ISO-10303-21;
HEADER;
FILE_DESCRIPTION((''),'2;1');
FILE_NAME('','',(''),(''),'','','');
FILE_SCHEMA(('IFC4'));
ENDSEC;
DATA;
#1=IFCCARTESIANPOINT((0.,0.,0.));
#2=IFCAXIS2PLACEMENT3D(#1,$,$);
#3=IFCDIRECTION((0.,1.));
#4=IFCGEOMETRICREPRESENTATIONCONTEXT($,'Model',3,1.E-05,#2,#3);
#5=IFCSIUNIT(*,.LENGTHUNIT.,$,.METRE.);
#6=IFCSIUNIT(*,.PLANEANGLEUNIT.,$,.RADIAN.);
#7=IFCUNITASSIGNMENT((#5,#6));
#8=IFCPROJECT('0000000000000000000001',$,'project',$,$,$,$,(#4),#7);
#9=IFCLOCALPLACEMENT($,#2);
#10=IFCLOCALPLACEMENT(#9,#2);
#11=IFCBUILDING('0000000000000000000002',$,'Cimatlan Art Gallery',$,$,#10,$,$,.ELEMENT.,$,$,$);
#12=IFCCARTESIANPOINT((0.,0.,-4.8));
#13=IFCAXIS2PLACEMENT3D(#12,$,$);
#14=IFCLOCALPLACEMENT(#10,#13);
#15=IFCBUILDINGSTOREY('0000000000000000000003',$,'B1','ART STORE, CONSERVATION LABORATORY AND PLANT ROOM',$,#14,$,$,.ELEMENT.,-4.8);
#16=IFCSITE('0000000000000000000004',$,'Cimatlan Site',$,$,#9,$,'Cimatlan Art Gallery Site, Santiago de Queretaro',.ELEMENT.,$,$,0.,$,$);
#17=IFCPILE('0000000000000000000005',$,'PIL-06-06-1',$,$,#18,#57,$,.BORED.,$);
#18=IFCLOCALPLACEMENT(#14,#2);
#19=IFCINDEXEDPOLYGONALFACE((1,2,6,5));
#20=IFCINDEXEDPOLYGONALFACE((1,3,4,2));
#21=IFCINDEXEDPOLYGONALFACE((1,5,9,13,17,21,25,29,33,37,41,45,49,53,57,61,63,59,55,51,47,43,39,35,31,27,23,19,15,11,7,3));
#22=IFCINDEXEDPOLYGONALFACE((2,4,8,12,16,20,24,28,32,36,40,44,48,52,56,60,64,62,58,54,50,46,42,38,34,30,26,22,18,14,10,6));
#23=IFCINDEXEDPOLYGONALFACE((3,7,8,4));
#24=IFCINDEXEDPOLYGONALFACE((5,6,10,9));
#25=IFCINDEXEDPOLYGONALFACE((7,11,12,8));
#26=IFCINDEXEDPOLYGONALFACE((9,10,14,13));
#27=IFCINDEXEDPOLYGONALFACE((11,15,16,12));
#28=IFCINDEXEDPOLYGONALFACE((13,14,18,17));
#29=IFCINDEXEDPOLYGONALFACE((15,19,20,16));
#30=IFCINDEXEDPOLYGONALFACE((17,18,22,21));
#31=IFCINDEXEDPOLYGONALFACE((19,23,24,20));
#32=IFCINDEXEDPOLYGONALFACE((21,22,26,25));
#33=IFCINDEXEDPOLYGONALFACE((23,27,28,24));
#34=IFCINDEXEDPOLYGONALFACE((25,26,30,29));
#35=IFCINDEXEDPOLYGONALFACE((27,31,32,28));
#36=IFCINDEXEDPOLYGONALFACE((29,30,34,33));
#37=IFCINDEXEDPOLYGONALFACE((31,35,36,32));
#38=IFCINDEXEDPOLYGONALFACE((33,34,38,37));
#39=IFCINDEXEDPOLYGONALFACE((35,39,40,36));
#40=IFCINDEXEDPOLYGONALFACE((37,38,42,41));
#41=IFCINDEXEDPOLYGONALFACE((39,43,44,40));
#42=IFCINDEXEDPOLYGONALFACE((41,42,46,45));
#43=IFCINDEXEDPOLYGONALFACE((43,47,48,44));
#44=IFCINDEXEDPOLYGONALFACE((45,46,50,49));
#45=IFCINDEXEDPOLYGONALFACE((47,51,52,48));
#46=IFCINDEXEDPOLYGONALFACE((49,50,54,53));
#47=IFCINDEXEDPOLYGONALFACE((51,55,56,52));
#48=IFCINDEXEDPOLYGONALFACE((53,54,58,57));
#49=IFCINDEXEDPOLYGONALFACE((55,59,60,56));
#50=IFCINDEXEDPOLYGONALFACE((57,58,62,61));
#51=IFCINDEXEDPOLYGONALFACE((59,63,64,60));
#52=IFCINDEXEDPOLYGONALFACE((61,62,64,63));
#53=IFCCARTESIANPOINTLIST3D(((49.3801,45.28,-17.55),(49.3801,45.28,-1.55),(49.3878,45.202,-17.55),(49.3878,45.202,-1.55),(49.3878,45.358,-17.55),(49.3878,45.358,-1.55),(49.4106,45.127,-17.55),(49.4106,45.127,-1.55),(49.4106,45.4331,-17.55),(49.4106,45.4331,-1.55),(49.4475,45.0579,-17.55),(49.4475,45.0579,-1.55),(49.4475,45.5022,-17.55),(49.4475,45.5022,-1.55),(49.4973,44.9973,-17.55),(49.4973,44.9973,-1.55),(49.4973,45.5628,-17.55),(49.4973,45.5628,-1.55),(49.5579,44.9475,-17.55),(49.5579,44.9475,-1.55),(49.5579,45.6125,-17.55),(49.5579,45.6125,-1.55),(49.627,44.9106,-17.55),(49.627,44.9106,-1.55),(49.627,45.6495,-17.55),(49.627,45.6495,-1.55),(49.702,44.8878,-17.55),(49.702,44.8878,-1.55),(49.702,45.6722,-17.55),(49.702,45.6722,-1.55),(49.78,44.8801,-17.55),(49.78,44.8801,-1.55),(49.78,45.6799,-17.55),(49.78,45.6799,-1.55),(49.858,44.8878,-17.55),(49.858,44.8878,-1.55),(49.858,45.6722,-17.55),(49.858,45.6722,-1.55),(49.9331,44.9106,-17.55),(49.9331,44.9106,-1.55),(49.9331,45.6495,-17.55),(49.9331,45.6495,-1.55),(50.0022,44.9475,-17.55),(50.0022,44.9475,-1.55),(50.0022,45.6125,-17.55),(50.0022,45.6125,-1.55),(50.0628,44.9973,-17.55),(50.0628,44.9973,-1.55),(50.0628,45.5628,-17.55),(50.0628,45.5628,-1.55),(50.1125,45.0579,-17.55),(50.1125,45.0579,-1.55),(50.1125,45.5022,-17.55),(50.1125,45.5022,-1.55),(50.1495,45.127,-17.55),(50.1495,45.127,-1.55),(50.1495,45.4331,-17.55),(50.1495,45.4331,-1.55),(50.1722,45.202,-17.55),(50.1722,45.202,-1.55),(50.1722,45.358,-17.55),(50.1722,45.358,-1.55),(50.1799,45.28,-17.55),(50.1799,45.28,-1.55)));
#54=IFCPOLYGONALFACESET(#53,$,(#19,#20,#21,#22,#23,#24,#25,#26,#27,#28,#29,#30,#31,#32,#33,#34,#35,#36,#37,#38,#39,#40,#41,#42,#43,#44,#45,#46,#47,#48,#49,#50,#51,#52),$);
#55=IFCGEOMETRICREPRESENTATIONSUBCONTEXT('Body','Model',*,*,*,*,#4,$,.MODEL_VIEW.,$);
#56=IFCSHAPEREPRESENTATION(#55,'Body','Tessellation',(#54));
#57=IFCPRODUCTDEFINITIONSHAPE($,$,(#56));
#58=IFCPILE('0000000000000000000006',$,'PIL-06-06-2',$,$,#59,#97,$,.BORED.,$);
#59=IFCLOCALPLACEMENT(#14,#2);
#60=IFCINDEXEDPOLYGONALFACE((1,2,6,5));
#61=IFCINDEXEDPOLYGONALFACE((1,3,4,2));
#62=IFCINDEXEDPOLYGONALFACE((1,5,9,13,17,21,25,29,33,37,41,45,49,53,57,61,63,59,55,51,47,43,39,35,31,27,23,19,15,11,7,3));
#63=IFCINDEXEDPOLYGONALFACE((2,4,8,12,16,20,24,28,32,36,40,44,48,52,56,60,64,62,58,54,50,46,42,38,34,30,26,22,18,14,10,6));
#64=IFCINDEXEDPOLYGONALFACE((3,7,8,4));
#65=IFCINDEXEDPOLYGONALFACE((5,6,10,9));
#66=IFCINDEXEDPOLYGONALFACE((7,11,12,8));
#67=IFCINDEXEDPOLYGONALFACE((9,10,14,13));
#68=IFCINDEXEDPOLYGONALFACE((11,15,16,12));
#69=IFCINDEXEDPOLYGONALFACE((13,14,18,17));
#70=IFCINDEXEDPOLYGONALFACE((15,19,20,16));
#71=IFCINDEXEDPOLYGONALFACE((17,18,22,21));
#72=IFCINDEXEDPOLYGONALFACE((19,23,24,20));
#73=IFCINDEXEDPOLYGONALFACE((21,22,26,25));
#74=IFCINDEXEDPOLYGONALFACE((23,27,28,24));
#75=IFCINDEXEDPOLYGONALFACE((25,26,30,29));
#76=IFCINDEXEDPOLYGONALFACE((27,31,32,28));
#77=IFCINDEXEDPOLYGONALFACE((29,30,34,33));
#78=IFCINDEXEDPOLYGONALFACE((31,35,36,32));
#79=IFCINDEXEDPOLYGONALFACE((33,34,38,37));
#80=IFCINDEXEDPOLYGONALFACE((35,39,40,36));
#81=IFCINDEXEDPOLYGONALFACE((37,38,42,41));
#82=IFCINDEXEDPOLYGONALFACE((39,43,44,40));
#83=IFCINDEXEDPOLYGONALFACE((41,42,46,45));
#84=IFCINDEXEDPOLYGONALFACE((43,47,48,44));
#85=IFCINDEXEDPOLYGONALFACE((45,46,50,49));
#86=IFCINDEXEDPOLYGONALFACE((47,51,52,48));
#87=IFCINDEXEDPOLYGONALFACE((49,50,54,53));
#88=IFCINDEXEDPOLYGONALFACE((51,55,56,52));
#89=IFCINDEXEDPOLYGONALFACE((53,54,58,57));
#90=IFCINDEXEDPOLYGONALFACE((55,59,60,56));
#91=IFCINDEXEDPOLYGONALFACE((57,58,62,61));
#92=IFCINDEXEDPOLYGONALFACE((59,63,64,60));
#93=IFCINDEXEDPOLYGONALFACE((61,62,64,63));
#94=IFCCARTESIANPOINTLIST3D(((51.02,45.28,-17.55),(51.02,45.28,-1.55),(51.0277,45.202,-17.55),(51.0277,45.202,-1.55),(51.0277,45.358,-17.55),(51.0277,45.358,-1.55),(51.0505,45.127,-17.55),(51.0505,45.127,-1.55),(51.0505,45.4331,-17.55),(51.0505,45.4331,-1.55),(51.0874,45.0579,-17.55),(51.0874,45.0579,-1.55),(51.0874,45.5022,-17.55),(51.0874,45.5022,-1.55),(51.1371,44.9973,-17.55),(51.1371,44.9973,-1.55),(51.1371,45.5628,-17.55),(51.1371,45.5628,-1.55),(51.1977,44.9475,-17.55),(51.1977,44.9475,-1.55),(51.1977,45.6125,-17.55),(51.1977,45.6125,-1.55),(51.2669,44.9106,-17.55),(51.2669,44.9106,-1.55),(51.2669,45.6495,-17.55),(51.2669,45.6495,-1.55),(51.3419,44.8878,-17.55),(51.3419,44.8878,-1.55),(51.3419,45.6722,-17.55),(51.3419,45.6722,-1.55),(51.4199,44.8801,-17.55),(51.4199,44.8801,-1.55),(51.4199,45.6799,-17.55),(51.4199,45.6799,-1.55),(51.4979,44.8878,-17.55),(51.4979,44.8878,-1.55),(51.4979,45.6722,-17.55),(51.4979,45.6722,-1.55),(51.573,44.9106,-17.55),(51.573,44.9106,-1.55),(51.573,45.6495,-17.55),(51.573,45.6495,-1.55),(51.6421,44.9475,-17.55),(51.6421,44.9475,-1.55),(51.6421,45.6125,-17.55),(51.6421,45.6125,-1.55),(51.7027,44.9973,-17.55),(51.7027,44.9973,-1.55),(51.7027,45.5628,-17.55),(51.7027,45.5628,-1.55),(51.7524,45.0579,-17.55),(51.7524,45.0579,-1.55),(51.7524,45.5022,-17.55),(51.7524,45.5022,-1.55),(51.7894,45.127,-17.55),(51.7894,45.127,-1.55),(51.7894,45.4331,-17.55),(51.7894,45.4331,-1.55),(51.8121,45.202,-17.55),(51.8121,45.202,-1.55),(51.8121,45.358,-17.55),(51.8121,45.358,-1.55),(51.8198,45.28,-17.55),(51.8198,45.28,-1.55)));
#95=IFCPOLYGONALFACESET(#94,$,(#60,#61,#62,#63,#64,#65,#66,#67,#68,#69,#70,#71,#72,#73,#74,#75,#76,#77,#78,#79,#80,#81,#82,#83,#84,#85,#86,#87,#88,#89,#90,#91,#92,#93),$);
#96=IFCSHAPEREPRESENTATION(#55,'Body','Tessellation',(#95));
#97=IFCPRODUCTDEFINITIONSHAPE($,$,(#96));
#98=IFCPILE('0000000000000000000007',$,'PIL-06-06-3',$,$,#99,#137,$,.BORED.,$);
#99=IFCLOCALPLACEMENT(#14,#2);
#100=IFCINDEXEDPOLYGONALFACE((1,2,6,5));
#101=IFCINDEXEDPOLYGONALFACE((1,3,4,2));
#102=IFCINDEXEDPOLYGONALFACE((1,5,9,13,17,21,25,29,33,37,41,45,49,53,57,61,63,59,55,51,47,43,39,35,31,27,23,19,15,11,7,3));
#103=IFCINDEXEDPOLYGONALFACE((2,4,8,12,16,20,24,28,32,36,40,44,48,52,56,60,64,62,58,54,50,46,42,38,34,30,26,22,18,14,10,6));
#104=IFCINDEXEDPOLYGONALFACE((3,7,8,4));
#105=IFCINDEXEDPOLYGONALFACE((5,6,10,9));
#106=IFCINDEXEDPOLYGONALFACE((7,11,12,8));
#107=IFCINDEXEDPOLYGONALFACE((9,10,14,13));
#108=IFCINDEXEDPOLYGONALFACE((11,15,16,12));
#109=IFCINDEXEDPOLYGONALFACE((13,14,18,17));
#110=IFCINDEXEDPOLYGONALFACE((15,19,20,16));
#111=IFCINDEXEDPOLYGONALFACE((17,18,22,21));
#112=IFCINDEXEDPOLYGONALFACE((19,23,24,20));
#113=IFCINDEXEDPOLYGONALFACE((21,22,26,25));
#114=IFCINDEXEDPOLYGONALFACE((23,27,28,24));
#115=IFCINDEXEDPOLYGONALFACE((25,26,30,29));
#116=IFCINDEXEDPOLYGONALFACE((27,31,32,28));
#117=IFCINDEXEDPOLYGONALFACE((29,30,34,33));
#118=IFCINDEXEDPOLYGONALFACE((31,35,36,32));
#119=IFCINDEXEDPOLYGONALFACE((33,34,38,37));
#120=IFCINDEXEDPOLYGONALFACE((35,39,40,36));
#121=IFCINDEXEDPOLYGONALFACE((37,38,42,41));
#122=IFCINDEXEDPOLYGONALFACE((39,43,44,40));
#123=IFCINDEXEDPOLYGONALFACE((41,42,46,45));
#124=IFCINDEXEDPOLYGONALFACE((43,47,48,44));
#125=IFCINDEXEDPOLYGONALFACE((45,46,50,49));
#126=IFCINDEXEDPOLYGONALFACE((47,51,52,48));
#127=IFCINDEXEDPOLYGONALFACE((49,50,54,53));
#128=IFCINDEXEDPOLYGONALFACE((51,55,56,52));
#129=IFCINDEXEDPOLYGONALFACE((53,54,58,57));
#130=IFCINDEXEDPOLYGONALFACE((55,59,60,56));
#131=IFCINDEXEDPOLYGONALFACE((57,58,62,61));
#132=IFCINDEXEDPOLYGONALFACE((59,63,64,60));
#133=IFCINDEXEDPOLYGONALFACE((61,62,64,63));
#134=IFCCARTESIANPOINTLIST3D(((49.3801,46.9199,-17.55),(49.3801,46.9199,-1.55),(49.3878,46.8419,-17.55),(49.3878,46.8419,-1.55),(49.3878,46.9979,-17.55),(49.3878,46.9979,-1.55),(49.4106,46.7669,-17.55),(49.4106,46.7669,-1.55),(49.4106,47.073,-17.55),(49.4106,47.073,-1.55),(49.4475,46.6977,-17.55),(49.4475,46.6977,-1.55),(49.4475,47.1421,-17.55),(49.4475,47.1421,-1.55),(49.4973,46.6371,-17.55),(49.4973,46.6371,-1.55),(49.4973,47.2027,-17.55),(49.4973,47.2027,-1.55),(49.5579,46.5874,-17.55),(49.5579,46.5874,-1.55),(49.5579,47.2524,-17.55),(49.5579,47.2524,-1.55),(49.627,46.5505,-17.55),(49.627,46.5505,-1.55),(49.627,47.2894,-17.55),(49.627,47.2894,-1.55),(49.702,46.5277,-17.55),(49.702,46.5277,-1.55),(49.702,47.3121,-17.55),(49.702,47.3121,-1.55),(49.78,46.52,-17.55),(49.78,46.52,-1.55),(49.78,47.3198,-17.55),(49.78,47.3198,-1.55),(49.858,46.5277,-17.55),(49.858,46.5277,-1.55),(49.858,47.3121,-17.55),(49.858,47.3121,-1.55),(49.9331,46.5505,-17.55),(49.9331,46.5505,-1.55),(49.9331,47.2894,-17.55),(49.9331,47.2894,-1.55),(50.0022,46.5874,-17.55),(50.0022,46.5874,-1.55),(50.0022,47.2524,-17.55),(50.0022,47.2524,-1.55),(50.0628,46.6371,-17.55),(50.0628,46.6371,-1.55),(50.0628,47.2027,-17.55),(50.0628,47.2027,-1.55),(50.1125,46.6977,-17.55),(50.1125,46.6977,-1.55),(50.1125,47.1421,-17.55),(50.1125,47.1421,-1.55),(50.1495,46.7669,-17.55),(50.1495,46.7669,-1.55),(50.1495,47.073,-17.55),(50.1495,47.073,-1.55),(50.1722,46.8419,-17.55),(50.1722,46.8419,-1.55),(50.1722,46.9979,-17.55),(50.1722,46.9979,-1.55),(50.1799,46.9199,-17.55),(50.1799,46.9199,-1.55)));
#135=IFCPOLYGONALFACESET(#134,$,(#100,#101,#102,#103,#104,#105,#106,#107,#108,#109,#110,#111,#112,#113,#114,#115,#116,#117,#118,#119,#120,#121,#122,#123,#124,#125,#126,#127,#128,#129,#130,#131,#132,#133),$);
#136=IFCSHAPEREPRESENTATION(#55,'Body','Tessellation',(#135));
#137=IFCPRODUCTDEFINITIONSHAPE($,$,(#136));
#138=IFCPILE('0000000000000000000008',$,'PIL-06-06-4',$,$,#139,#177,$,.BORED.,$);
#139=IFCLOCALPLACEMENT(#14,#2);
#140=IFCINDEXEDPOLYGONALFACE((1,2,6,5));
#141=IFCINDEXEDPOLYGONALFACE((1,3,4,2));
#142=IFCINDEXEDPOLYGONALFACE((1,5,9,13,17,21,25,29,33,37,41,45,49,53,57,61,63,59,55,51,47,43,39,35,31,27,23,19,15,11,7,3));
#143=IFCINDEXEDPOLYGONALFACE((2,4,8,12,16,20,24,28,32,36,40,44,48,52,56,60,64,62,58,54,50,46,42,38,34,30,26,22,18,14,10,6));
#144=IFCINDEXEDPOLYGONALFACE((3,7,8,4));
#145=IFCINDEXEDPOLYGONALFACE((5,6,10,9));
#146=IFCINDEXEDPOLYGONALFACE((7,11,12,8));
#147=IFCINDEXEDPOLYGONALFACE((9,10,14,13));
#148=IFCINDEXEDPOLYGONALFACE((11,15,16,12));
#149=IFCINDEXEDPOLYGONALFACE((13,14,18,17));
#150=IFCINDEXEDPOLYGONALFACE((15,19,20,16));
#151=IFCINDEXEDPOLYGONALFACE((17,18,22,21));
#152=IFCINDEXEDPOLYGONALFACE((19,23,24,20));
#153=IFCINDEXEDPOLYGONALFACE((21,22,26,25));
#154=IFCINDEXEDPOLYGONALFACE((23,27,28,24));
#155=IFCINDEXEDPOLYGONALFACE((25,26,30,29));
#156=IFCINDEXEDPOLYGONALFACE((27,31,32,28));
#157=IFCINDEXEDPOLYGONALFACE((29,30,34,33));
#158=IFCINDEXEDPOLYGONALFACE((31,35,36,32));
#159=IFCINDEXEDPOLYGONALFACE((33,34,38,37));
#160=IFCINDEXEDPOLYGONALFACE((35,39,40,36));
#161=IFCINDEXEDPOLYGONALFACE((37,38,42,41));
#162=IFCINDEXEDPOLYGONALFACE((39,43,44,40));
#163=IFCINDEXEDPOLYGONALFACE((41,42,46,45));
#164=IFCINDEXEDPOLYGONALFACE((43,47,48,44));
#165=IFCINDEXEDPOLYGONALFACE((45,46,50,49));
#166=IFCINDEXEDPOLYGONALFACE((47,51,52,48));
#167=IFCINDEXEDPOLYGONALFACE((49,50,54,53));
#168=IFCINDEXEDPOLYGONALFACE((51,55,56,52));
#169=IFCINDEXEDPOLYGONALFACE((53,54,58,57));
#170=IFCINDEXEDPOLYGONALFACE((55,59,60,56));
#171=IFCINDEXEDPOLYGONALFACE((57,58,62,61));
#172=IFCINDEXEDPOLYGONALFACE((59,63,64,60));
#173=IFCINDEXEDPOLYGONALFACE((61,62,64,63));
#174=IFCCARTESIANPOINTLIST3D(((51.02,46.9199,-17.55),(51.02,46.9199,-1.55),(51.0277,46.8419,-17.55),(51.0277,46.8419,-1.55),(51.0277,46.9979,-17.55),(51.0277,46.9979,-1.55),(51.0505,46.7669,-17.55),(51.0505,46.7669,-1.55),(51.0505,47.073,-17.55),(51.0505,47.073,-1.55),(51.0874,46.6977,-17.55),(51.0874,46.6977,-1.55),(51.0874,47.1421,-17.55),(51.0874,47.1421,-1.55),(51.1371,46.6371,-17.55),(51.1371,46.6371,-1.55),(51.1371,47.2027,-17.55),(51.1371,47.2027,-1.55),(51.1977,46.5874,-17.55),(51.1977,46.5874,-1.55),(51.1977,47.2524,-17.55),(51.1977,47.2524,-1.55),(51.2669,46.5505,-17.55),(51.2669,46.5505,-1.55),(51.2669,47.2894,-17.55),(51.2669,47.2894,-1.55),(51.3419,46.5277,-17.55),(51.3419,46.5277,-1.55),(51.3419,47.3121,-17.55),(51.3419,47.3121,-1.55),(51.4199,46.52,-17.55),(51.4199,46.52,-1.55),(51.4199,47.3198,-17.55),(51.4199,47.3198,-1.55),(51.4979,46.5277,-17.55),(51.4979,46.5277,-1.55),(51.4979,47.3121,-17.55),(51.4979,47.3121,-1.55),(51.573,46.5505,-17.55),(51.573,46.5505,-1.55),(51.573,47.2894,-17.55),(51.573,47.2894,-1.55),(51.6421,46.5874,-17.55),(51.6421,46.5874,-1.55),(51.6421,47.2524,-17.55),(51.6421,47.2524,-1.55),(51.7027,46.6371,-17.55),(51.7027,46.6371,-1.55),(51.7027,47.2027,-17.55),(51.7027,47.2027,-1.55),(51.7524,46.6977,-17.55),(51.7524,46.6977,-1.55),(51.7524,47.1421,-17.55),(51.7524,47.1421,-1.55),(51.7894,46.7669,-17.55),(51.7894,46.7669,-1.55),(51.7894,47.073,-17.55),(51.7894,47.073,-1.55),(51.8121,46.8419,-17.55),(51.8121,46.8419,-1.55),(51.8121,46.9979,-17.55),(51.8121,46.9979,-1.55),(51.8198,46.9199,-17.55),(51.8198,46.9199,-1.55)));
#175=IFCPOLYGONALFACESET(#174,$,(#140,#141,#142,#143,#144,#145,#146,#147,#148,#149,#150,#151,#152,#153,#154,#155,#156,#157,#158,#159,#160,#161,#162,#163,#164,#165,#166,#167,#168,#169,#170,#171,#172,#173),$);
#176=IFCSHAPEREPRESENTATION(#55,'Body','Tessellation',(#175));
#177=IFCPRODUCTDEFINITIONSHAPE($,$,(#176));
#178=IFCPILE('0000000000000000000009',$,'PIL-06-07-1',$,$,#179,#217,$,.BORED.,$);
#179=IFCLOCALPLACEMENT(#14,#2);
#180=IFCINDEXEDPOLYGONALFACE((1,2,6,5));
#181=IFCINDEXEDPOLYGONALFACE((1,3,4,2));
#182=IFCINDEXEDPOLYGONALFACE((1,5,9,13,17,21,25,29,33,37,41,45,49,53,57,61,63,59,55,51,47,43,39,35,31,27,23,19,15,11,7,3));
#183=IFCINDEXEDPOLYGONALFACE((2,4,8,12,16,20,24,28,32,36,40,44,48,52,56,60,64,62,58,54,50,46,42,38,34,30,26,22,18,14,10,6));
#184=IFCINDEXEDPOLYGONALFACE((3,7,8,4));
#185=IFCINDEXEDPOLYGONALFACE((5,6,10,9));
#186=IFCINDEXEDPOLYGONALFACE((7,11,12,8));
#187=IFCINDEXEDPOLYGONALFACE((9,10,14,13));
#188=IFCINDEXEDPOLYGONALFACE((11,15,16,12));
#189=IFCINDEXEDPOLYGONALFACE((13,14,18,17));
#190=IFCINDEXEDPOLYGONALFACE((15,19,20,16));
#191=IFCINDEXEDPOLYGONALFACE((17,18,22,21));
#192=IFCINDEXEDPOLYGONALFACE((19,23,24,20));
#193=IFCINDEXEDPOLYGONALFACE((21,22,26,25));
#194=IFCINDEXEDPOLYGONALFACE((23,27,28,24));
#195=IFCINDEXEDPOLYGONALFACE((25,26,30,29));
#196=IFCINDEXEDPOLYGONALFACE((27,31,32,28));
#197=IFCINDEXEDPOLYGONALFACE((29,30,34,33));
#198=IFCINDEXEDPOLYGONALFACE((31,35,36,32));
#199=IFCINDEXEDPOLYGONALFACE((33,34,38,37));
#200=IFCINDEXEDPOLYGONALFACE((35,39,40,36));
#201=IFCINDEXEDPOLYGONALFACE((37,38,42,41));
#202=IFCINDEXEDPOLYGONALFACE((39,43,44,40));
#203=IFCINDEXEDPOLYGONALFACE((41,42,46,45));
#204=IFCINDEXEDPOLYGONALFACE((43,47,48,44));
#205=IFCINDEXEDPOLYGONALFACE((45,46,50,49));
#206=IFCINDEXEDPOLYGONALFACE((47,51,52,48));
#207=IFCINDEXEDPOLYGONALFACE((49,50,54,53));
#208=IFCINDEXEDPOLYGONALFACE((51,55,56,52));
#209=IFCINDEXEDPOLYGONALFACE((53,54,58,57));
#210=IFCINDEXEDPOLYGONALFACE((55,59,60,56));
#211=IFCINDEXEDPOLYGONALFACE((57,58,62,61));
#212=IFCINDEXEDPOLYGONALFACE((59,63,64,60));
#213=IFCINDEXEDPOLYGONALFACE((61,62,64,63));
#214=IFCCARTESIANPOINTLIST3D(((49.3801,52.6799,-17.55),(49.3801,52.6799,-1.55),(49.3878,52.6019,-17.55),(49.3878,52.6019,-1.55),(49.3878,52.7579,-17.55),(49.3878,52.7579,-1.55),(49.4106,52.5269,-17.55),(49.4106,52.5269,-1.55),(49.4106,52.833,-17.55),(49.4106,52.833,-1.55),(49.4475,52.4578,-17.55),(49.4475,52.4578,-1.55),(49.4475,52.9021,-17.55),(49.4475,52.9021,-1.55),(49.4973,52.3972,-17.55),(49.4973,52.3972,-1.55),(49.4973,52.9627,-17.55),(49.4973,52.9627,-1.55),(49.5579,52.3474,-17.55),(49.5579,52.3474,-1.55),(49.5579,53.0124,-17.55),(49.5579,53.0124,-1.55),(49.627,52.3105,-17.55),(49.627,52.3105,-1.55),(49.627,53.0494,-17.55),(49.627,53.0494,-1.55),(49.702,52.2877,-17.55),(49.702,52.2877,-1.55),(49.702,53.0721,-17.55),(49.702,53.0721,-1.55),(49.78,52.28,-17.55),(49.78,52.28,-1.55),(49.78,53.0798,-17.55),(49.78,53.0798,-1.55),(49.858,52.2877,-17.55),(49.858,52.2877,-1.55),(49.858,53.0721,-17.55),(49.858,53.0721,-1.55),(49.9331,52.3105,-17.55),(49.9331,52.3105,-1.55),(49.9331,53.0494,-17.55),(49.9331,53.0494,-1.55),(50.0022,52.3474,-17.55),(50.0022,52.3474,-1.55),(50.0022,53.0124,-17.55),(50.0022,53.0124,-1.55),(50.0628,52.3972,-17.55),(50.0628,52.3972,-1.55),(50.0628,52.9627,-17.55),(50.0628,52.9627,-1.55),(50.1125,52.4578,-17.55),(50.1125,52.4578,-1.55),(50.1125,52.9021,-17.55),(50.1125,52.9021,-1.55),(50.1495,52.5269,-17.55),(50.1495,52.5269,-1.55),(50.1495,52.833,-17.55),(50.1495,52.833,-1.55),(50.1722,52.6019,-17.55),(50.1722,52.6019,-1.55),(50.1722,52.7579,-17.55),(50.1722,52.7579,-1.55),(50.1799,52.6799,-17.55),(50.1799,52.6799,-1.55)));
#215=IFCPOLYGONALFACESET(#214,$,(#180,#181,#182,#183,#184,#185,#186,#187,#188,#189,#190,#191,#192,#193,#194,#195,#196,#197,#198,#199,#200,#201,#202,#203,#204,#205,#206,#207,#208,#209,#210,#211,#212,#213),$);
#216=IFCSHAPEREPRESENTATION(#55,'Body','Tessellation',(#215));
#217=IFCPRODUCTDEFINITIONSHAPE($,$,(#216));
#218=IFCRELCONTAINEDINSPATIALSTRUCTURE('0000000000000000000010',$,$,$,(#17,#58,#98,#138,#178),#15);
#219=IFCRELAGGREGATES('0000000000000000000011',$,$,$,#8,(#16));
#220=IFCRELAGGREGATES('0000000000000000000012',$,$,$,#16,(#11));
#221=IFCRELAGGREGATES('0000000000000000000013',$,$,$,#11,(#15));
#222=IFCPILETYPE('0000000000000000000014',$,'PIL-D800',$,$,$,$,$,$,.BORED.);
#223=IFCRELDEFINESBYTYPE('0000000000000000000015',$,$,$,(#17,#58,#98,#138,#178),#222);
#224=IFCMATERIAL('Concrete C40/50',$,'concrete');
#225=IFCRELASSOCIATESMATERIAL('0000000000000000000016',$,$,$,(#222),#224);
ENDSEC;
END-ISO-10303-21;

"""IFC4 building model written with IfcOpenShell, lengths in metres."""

from ifc_helpers import new_model, si_unit, direction, frame, origin, origin_2d, place, context, subcontext, project, spatial, circle, extrude, material, type_object, element, save


model = new_model("IFC4")

# Units and contexts
model_context = context("Model", 3, precision=1e-05, world=origin(), true_north=direction((0.0, 1.0)))
body_context = subcontext(model_context, "Body", "Model", "MODEL_VIEW")
ifc_project = project(units=[si_unit("LENGTHUNIT", "METRE"), si_unit("PLANEANGLEUNIT", "RADIAN")], contexts=[model_context])

# Site, building, storey
site_placement = place(None, origin())
site = spatial("IfcSite", under=ifc_project, at=site_placement, Name="Cimatlan Site", LongName="Cimatlan Art Gallery Site, Santiago de Queretaro", CompositionType="ELEMENT", RefElevation=0.0)
building_placement = place(site_placement, origin())
building = spatial("IfcBuilding", under=site, at=building_placement, Name="Cimatlan Art Gallery", CompositionType="ELEMENT")
storey_placement = place(building_placement, frame((0.0, 0.0, -4.8)))
storey = spatial("IfcBuildingStorey", under=building, at=storey_placement, Name="B1", Description="ART STORE, CONSERVATION LABORATORY AND PLANT ROOM", CompositionType="ELEMENT", Elevation=-4.8)

# Shared definitions
ifc_material_1 = material(Name="Concrete C40/50", Category="concrete")

# Piles
pile_type_1 = type_object("IfcPileType", Name="PIL-D800", PredefinedType="BORED", material=ifc_material_1)
for number, where, z_axis, x_axis, name in (
    (1, (49.78, 45.28, -1.55), (0.0, 0.0, -1.0), (1.0, 0.0, 0.0), "PIL-06-06-1"),
    (2, (51.4199, 45.28, -1.55), (0.0, 0.0, -1.0), (1.0, 0.0, 0.0), "PIL-06-06-2"),
    (3, (49.78, 46.9199, -1.55), (0.0, 0.0, -1.0), (1.0, 0.0, 0.0), "PIL-06-06-3"),
    (4, (51.4199, 46.9199, -1.55), (0.0, 0.0, -1.0), (1.0, 0.0, 0.0), "PIL-06-06-4"),
    (5, (49.78, 52.6799, -1.55), (0.0, 0.0, -1.0), (1.0, 0.0, 0.0), "PIL-06-07-1"),
):
    element("IfcPile", number, at=place(storey_placement, frame(where, z_axis=z_axis, x_axis=x_axis)), inside=storey, type_object=pile_type_1, Name=name, PredefinedType="BORED", context=body_context, shape_type="SweptSolid", body=[
        extrude(circle(Radius=0.3999, at=origin_2d()), origin(), (0.0, 0.0, 1.0), 16.0),
    ])

save(model, "model.ifc")
